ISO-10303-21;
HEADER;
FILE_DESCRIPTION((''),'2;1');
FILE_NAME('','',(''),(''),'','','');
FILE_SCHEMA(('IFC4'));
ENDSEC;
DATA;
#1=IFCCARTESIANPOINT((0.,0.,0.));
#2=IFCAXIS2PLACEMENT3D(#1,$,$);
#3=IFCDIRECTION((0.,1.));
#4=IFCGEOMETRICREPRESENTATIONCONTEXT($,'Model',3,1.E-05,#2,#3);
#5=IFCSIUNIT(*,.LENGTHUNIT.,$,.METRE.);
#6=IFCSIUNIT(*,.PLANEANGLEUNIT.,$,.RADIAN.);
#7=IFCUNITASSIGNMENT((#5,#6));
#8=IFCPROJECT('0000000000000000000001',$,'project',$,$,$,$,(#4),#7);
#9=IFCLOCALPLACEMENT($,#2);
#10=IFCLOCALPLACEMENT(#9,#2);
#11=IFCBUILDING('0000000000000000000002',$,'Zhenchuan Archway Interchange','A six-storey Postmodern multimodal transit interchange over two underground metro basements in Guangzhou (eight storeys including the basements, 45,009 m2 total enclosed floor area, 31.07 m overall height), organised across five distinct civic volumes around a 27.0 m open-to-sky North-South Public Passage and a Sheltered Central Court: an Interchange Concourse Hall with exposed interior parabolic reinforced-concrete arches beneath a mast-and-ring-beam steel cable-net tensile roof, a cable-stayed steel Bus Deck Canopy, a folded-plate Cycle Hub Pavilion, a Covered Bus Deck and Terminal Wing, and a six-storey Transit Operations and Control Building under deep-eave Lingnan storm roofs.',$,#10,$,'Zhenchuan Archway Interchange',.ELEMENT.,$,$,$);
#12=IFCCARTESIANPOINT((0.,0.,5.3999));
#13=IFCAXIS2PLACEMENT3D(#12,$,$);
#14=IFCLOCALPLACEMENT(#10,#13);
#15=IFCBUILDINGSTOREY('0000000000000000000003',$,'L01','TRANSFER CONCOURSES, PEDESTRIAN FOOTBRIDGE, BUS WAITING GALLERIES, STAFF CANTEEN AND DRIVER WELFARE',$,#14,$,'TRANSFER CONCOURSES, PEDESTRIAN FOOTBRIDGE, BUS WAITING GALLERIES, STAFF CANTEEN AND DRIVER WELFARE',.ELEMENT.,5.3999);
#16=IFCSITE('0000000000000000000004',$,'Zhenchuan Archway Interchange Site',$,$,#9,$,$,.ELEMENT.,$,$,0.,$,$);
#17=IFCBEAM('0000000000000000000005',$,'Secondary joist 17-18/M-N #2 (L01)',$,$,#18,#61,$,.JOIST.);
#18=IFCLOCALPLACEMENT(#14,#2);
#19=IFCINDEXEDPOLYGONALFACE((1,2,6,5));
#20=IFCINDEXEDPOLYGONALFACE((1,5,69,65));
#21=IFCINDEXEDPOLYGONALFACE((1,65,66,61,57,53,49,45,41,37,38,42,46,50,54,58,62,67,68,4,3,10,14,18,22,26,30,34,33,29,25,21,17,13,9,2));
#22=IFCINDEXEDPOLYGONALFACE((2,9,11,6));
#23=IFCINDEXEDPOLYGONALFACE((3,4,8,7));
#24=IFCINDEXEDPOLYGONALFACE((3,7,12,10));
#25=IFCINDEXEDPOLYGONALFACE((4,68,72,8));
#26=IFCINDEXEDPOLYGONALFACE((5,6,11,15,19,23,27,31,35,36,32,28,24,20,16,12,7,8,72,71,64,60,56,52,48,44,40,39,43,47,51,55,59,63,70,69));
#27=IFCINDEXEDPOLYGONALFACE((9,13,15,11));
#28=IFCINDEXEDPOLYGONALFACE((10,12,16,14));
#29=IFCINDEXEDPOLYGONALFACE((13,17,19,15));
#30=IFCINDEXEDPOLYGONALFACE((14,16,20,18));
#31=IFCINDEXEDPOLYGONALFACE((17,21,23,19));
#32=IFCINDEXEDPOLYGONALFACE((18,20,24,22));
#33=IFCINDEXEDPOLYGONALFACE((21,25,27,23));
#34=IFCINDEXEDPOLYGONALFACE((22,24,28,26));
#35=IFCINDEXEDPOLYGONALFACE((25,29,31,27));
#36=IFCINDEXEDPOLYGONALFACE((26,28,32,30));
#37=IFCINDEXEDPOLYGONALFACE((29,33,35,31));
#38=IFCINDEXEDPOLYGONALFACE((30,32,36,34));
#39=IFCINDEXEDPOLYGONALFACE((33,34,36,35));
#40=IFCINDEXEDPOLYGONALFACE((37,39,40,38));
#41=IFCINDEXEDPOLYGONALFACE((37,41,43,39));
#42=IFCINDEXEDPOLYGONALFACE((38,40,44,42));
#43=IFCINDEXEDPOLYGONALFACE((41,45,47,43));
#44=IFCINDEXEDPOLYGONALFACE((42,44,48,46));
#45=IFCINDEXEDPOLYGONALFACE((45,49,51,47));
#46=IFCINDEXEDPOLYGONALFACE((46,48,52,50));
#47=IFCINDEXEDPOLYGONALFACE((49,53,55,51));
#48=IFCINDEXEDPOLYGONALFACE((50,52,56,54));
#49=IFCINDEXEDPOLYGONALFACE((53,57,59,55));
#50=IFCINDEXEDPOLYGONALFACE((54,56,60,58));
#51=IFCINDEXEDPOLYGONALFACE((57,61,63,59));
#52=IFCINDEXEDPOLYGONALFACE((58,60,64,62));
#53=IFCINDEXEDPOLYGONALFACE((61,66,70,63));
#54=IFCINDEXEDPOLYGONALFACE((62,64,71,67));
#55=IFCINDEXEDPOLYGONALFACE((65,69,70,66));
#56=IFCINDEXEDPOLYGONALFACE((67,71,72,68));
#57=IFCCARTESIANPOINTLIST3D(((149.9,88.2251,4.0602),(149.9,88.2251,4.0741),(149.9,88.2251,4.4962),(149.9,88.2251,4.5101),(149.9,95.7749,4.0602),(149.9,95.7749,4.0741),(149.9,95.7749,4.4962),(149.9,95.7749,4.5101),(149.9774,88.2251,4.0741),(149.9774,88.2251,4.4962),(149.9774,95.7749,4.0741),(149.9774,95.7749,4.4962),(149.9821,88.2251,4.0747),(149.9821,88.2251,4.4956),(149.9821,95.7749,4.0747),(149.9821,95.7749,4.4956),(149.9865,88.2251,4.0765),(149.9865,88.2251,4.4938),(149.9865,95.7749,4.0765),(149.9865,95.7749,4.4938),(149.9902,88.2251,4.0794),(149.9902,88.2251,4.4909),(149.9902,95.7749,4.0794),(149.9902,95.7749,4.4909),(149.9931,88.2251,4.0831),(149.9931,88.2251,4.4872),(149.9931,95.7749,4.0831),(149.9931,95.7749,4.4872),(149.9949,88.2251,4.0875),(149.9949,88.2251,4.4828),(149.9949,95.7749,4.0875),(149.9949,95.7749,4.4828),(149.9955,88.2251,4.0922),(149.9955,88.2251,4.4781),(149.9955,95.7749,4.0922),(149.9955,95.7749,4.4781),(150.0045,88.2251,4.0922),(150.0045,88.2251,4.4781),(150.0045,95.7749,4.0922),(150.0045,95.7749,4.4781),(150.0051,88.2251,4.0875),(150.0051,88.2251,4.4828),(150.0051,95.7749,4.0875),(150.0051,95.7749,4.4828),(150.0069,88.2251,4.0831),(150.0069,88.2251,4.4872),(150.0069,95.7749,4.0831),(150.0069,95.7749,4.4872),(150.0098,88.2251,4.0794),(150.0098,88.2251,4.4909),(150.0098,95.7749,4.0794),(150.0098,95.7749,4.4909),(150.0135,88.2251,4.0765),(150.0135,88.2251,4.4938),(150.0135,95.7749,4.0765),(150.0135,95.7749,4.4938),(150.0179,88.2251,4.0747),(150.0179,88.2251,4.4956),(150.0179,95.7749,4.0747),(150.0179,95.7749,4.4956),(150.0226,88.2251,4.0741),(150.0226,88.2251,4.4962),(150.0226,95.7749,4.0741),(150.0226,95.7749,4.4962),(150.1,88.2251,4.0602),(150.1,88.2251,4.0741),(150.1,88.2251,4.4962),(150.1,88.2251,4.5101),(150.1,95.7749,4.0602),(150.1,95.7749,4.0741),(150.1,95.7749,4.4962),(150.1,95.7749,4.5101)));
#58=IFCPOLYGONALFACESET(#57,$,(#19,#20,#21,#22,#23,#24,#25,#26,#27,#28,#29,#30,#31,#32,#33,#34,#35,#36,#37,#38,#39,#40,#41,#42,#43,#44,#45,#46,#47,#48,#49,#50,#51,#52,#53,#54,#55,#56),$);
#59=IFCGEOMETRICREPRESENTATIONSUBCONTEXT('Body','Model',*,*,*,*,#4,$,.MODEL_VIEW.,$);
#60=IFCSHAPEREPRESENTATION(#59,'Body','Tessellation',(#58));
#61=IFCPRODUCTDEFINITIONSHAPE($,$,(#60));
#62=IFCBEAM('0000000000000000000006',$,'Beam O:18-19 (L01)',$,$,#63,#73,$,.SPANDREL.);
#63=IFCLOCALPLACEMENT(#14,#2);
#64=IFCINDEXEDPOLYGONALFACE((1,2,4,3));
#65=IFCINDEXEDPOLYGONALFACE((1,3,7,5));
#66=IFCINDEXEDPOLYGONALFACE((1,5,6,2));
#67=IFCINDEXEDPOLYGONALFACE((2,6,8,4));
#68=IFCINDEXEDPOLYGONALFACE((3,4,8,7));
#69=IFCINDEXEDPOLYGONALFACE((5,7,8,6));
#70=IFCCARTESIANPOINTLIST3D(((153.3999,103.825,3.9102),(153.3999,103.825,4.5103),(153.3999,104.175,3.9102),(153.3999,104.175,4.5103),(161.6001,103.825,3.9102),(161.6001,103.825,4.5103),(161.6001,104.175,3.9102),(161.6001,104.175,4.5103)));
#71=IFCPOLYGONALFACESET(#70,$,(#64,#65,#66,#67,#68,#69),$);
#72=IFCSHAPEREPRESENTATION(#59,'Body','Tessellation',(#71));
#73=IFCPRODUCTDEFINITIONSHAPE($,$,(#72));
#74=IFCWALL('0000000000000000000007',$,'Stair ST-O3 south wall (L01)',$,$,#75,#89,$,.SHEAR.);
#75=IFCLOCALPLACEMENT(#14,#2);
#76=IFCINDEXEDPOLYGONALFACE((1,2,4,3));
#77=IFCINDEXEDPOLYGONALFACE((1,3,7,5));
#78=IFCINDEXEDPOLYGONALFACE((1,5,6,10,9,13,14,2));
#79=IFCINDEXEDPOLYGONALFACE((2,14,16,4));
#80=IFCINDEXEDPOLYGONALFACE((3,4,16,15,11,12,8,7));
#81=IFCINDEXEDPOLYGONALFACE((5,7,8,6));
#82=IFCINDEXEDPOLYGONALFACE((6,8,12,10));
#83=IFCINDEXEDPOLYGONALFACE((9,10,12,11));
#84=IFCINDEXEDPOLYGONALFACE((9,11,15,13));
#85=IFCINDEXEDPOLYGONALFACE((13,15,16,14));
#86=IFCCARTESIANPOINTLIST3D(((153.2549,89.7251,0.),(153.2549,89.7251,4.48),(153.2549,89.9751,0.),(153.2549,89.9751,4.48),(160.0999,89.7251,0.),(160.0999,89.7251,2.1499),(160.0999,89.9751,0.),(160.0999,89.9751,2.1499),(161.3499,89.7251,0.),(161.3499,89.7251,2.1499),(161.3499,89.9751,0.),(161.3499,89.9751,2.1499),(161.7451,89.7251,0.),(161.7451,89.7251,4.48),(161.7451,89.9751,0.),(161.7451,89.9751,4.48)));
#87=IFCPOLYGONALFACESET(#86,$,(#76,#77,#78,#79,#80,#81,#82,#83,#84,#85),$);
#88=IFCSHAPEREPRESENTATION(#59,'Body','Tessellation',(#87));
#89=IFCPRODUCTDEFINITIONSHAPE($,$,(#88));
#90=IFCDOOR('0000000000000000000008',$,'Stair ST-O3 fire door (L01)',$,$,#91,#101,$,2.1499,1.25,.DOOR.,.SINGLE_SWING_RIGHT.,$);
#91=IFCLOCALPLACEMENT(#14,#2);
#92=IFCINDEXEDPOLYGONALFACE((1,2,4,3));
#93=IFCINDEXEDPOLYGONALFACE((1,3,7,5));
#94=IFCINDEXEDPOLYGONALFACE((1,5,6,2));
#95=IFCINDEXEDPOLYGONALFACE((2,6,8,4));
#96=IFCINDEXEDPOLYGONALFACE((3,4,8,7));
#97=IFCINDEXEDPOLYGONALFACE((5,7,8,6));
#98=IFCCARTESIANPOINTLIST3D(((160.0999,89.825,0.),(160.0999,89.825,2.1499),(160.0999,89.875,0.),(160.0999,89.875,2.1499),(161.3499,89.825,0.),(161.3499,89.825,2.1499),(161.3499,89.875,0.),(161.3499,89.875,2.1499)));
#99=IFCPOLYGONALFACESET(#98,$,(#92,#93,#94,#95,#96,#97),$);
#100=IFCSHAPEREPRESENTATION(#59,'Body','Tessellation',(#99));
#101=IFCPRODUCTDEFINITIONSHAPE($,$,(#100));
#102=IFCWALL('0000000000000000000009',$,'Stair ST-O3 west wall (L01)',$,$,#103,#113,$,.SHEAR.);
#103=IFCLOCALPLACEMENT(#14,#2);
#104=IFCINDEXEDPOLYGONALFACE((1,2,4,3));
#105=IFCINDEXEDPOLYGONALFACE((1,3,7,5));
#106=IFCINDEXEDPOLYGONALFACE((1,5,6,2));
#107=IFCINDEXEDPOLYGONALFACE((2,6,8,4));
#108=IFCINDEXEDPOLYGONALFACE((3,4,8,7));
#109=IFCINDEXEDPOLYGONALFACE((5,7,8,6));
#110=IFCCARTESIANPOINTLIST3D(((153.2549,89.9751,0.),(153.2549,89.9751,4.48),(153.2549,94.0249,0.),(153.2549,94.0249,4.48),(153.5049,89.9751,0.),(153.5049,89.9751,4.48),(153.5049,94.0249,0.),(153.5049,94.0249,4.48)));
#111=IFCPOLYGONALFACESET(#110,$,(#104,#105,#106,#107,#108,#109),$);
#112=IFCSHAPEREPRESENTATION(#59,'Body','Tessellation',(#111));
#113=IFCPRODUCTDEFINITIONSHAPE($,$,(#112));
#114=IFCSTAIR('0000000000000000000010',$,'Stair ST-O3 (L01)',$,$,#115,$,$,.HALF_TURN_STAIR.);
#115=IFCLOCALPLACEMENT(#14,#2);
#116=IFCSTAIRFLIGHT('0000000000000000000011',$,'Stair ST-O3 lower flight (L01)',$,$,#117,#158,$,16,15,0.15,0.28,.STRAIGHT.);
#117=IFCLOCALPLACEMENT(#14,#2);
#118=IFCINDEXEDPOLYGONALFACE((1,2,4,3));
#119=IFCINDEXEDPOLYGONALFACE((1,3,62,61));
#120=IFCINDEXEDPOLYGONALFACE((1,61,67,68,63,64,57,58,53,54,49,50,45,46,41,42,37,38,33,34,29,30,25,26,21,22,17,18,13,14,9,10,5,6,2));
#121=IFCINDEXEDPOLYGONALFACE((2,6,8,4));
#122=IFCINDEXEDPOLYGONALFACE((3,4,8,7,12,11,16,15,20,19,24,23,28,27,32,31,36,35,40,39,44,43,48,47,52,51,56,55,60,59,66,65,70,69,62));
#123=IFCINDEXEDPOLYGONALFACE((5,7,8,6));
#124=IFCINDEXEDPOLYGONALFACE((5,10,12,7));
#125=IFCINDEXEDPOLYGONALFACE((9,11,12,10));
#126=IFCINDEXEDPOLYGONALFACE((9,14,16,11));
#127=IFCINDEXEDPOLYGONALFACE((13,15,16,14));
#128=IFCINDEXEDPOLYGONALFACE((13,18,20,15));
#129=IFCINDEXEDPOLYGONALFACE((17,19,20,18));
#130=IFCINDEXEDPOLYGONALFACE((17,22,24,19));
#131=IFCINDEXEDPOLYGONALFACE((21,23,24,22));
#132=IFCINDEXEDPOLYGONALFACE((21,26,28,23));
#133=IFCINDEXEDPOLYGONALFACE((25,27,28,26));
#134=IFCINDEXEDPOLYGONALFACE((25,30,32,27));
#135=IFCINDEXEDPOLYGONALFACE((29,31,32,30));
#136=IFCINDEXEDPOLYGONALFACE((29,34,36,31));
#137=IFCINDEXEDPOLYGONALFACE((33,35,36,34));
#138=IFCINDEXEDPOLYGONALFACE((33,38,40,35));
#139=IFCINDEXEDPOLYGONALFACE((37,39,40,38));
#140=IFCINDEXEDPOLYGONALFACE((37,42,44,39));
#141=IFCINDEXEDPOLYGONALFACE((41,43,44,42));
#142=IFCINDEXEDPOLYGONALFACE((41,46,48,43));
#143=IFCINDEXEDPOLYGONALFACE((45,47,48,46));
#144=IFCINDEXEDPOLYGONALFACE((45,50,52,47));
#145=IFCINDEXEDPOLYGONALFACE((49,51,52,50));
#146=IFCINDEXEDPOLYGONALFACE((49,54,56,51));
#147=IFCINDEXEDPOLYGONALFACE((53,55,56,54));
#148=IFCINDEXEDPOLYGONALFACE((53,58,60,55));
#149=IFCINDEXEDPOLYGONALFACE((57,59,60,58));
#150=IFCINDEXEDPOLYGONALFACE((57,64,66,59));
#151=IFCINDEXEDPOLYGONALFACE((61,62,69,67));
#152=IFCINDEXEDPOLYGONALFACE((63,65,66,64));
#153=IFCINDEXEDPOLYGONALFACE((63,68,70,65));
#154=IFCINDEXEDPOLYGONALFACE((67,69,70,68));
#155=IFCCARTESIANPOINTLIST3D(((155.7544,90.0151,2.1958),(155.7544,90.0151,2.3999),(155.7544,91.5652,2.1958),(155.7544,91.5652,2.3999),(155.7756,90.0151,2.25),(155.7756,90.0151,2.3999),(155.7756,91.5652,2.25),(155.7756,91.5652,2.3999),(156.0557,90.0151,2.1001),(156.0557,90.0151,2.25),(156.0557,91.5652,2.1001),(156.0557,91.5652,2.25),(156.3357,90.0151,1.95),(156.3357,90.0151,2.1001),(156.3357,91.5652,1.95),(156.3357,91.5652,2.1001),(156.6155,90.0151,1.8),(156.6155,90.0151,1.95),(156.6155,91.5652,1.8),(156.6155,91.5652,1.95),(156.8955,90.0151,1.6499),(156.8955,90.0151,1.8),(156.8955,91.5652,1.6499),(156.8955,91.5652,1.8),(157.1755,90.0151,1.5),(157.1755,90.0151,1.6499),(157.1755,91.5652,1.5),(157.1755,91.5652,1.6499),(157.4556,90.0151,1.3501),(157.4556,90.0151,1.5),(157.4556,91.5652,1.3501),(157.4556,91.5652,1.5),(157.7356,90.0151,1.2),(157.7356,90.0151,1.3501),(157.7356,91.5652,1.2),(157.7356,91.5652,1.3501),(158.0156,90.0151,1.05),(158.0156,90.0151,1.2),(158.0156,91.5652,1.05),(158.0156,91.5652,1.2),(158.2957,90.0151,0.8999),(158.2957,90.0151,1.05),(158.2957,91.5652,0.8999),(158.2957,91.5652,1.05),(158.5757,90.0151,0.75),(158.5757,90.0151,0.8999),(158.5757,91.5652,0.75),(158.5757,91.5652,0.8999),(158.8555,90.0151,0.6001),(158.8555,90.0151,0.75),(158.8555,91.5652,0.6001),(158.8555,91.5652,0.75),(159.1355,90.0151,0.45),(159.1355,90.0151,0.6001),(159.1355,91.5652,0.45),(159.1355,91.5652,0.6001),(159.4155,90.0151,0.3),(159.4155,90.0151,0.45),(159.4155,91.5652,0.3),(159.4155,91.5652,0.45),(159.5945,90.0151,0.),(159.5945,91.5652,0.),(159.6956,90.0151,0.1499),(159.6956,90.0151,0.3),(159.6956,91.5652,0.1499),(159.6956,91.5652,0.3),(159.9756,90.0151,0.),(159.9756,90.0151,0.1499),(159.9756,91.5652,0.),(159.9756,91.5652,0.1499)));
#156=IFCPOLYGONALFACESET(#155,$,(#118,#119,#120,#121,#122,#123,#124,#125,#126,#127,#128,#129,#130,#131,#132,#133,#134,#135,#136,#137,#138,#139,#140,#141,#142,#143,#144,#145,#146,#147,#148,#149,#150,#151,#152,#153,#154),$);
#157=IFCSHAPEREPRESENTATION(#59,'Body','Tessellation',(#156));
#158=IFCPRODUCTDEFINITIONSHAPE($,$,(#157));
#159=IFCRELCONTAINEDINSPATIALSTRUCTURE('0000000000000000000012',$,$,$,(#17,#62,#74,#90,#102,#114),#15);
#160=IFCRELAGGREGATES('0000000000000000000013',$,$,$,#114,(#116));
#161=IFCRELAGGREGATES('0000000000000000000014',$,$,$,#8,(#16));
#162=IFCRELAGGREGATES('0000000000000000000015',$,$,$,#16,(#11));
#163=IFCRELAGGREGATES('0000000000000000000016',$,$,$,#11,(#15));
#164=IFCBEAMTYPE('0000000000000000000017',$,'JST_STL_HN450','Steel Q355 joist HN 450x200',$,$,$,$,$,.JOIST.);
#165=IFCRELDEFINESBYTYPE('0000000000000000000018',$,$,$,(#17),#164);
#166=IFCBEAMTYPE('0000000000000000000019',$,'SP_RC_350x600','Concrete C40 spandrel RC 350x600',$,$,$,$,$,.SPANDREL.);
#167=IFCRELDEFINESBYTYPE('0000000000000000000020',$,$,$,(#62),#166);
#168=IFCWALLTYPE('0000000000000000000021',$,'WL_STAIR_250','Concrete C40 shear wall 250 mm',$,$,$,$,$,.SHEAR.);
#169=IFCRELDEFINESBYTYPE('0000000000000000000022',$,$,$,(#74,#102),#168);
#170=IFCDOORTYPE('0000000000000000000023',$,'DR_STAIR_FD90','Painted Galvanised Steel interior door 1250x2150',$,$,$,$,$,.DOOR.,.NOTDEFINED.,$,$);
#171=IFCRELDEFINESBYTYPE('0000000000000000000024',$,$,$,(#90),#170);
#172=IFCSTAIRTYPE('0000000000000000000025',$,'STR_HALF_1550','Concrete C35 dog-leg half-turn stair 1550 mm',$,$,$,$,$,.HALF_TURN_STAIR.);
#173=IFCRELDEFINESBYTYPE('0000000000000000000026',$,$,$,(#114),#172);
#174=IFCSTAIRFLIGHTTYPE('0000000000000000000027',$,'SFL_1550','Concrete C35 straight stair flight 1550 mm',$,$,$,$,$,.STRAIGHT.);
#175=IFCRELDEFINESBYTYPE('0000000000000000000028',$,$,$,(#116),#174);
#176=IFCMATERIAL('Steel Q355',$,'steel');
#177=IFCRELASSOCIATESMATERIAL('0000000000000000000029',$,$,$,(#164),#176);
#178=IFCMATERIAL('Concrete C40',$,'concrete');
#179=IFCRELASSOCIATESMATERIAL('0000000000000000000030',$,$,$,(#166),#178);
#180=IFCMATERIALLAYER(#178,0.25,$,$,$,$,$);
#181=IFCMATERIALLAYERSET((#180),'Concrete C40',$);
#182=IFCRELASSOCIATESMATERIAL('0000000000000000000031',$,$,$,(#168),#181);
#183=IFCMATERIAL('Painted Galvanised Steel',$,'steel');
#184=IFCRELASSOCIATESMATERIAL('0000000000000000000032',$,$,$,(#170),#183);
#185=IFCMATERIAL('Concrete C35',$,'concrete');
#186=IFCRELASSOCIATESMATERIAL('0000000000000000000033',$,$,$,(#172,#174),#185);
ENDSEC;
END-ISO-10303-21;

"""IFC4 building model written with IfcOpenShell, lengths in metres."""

from ifc_helpers import new_model, si_unit, direction, frame, frame_2d, origin, origin_2d, place, context, subcontext, project, spatial, polyline, rectangle, i_section, outline, extrude, material, layer, layer_set, material_profile, profile_set, type_object, element, fill, aggregate, save


model = new_model("IFC4")

# Units and contexts
model_context = context("Model", 3, precision=1e-05, world=origin(), true_north=direction((0.0, 1.0)))
body_context = subcontext(model_context, "Body", "Model", "MODEL_VIEW")
ifc_project = project(units=[si_unit("LENGTHUNIT", "METRE"), si_unit("PLANEANGLEUNIT", "RADIAN")], contexts=[model_context])

# Site, building, storey
site_placement = place(None, origin())
site = spatial("IfcSite", under=ifc_project, at=site_placement, Name="Zhenchuan Archway Interchange Site", CompositionType="ELEMENT", RefElevation=0.0)
building_placement = place(site_placement, origin())
building = spatial("IfcBuilding", under=site, at=building_placement, Name="Zhenchuan Archway Interchange", Description="A six-storey Postmodern multimodal transit interchange over two underground metro basements in Guangzhou (eight storeys including the basements, 45,009 m2 total enclosed floor area, 31.07 m overall height), organised across five distinct civic volumes around a 27.0 m open-to-sky North-South Public Passage and a Sheltered Central Court: an Interchange Concourse Hall with exposed interior parabolic reinforced-concrete arches beneath a mast-and-ring-beam steel cable-net tensile roof, a cable-stayed steel Bus Deck Canopy, a folded-plate Cycle Hub Pavilion, a Covered Bus Deck and Terminal Wing, and a six-storey Transit Operations and Control Building under deep-eave Lingnan storm roofs.", LongName="Zhenchuan Archway Interchange", CompositionType="ELEMENT")
storey_placement = place(building_placement, frame((0.0, 0.0, 5.3999)))
storey = spatial("IfcBuildingStorey", under=building, at=storey_placement, Name="L01", Description="TRANSFER CONCOURSES, PEDESTRIAN FOOTBRIDGE, BUS WAITING GALLERIES, STAFF CANTEEN AND DRIVER WELFARE", LongName="TRANSFER CONCOURSES, PEDESTRIAN FOOTBRIDGE, BUS WAITING GALLERIES, STAFF CANTEEN AND DRIVER WELFARE", CompositionType="ELEMENT", Elevation=5.3999)

# Shared definitions
ifc_material_1 = material(Name="Concrete C40", Category="concrete")

# Beams
ifc_material_2 = material(Name="Steel Q355", Category="steel")
ifc_material_profile_1 = material_profile(ifc_material_2, i_section(OverallWidth=0.2, OverallDepth=0.45, WebThickness=0.009, FlangeThickness=0.0139, FilletRadius=0.0181, at=origin_2d()), Name="HN 450x200")
ifc_profile_set_1 = profile_set([ifc_material_profile_1], Name="Steel Q355")
beam_type_1 = type_object("IfcBeamType", Name="JST_STL_HN450", Description="Steel Q355 joist HN 450x200", PredefinedType="JOIST", material=ifc_profile_set_1)
for number, where, z_axis, x_axis, name in (
    (1, (150.0, 88.2251, 4.2852), (0.0, 1.0, 0.0), (-1.0, 0.0, 0.0), "Secondary joist 17-18/M-N #2 (L01)"),
):
    element("IfcBeam", number, at=place(storey_placement, frame(where, z_axis=z_axis, x_axis=x_axis)), inside=storey, type_object=beam_type_1, Name=name, PredefinedType="JOIST", context=body_context, shape_type="SweptSolid", body=[
        extrude(i_section(OverallWidth=0.2, OverallDepth=0.45, WebThickness=0.009, FlangeThickness=0.0139, FilletRadius=0.0181, at=origin_2d()), origin(), (0.0, 0.0, 1.0), 7.5498),
    ])
ifc_material_profile_2 = material_profile(ifc_material_1, rectangle(XDim=0.3501, YDim=0.6001, at=origin_2d()), Name="RC 350x600")
ifc_profile_set_2 = profile_set([ifc_material_profile_2], Name="Concrete C40")
beam_type_2 = type_object("IfcBeamType", Name="SP_RC_350x600", Description="Concrete C40 spandrel RC 350x600", PredefinedType="SPANDREL", material=ifc_profile_set_2)
beam_1_placement = place(storey_placement, frame((153.3999, 104.0, 4.2102), z_axis=(1.0, 0.0, 0.0), x_axis=(0.0, 1.0, 0.0)))
element("IfcBeam", 2, at=beam_1_placement, inside=storey, type_object=beam_type_2, Name="Beam O:18-19 (L01)", PredefinedType="SPANDREL", context=body_context, shape_type="SweptSolid", body=[
    extrude(rectangle(XDim=0.3501, YDim=0.6001, at=origin_2d()), origin(), (0.0, 0.0, 1.0), 8.2002),
])

# Wall, opening, door
ifc_layer = layer(ifc_material_1, 0.25)
ifc_layer_set = layer_set([ifc_layer], Name="Concrete C40")
wall_type = type_object("IfcWallType", Name="WL_STAIR_250", Description="Concrete C40 shear wall 250 mm", PredefinedType="SHEAR", material=ifc_layer_set)
wall_1_placement = place(storey_placement, frame((153.2549, 89.8501, 0.0), z_axis=(0.0, 0.0, 1.0), x_axis=(1.0, 0.0, 0.0)))
wall_1 = element("IfcWall", 3, at=wall_1_placement, inside=storey, type_object=wall_type, Name="Stair ST-O3 south wall (L01)", PredefinedType="SHEAR", context=body_context, shape_type="SweptSolid", body=[
    extrude(rectangle(XDim=8.4902, YDim=0.25, at=frame_2d((4.2451, 0.0))), origin(), (0.0, 0.0, 1.0), 4.48),
])
opening_placement = place(wall_1_placement, frame((6.845, 0.0, 0.0)))
opening = element("IfcOpeningElement", 4, at=opening_placement, cuts=wall_1, PredefinedType="OPENING", context=body_context, shape_type="SweptSolid", body=[
    extrude(rectangle(XDim=1.25, YDim=2.1499, at=frame_2d((0.625, 1.075))), frame((0.0, 0.137, 0.0), z_axis=(0.0, -1.0, 0.0), x_axis=(1.0, 0.0, 0.0)), (0.0, 0.0, 1.0), 0.2739),
])
ifc_material_3 = material(Name="Painted Galvanised Steel", Category="steel")
door_type = type_object("IfcDoorType", Name="DR_STAIR_FD90", Description="Painted Galvanised Steel interior door 1250x2150", OperationType="NOTDEFINED", PredefinedType="DOOR", material=ifc_material_3)
door_placement = place(opening_placement, origin())
door = element("IfcDoor", 5, at=door_placement, inside=storey, type_object=door_type, Name="Stair ST-O3 fire door (L01)", OperationType="SINGLE_SWING_RIGHT", OverallHeight=2.1499, OverallWidth=1.25, PredefinedType="DOOR", context=body_context, shape_type="SweptSolid", body=[
    extrude(rectangle(XDim=1.25, YDim=2.1499, at=frame_2d((0.625, 1.075))), frame((0.0, 0.0249, 0.0), z_axis=(0.0, -1.0, 0.0), x_axis=(1.0, 0.0, 0.0)), (0.0, 0.0, 1.0), 0.05),
])
fill(opening, door)

# Wall
wall_2_placement = place(storey_placement, frame((153.3799, 94.0249, 0.0), z_axis=(0.0, 0.0, 1.0), x_axis=(0.0, -1.0, 0.0)))
element("IfcWall", 6, at=wall_2_placement, inside=storey, type_object=wall_type, Name="Stair ST-O3 west wall (L01)", PredefinedType="SHEAR", context=body_context, shape_type="SweptSolid", body=[
    extrude(rectangle(XDim=4.0498, YDim=0.25, at=frame_2d((2.0249, 0.0))), origin(), (0.0, 0.0, 1.0), 4.48),
])

# Stair, stair flight
ifc_material_4 = material(Name="Concrete C35", Category="concrete")
stair_type = type_object("IfcStairType", Name="STR_HALF_1550", Description="Concrete C35 dog-leg half-turn stair 1550 mm", PredefinedType="HALF_TURN_STAIR", material=ifc_material_4)
stair_placement = place(storey_placement, origin())
stair = element("IfcStair", 7, at=stair_placement, inside=storey, type_object=stair_type, Name="Stair ST-O3 (L01)", PredefinedType="HALF_TURN_STAIR")
stair_flight_type = type_object("IfcStairFlightType", Name="SFL_1550", Description="Concrete C35 straight stair flight 1550 mm", PredefinedType="STRAIGHT", material=ifc_material_4)
stair_flight_1_placement = place(storey_placement, frame((159.9756, 90.79, 0.0), z_axis=(0.0, 0.0, 1.0), x_axis=(-1.0, 0.0, 0.0)))
stair_flight_1 = element("IfcStairFlight", 8, at=stair_flight_1_placement, type_object=stair_flight_type, Name="Stair ST-O3 lower flight (L01)", NumberOfRisers=16, NumberOfTreads=15, PredefinedType="STRAIGHT", RiserHeight=0.15, TreadLength=0.28, context=body_context, shape_type="SweptSolid", body=[
    extrude(outline(polyline([(0.0, 0.0), (0.0, 0.1499), (0.28, 0.1499), (0.28, 0.3), (0.5601, 0.3), (0.5601, 0.45), (0.8401, 0.45), (0.8401, 0.6001), (1.1201, 0.6001), (1.1201, 0.75), (1.3999, 0.75), (1.3999, 0.8999), (1.6799, 0.8999), (1.6799, 1.05), (1.96, 1.05), (1.96, 1.2), (2.24, 1.2), (2.24, 1.3501), (2.52, 1.3501), (2.52, 1.5), (2.8, 1.5), (2.8, 1.6499), (3.0801, 1.6499), (3.0801, 1.8), (3.3601, 1.8), (3.3601, 1.95), (3.6399, 1.95), (3.6399, 2.1001), (3.9199, 2.1001), (3.9199, 2.25), (4.2, 2.25), (4.2, 2.3999), (4.2212, 2.3999), (4.2212, 2.1958), (0.3811, 0.0), (0.0, 0.0)])), frame((0.0, 0.7749, 0.0), z_axis=(0.0, -1.0, 0.0), x_axis=(1.0, 0.0, 0.0)), (0.0, 0.0, 1.0), 1.55),
])
aggregate(stair, [stair_flight_1])

save(model, "model.ifc")
